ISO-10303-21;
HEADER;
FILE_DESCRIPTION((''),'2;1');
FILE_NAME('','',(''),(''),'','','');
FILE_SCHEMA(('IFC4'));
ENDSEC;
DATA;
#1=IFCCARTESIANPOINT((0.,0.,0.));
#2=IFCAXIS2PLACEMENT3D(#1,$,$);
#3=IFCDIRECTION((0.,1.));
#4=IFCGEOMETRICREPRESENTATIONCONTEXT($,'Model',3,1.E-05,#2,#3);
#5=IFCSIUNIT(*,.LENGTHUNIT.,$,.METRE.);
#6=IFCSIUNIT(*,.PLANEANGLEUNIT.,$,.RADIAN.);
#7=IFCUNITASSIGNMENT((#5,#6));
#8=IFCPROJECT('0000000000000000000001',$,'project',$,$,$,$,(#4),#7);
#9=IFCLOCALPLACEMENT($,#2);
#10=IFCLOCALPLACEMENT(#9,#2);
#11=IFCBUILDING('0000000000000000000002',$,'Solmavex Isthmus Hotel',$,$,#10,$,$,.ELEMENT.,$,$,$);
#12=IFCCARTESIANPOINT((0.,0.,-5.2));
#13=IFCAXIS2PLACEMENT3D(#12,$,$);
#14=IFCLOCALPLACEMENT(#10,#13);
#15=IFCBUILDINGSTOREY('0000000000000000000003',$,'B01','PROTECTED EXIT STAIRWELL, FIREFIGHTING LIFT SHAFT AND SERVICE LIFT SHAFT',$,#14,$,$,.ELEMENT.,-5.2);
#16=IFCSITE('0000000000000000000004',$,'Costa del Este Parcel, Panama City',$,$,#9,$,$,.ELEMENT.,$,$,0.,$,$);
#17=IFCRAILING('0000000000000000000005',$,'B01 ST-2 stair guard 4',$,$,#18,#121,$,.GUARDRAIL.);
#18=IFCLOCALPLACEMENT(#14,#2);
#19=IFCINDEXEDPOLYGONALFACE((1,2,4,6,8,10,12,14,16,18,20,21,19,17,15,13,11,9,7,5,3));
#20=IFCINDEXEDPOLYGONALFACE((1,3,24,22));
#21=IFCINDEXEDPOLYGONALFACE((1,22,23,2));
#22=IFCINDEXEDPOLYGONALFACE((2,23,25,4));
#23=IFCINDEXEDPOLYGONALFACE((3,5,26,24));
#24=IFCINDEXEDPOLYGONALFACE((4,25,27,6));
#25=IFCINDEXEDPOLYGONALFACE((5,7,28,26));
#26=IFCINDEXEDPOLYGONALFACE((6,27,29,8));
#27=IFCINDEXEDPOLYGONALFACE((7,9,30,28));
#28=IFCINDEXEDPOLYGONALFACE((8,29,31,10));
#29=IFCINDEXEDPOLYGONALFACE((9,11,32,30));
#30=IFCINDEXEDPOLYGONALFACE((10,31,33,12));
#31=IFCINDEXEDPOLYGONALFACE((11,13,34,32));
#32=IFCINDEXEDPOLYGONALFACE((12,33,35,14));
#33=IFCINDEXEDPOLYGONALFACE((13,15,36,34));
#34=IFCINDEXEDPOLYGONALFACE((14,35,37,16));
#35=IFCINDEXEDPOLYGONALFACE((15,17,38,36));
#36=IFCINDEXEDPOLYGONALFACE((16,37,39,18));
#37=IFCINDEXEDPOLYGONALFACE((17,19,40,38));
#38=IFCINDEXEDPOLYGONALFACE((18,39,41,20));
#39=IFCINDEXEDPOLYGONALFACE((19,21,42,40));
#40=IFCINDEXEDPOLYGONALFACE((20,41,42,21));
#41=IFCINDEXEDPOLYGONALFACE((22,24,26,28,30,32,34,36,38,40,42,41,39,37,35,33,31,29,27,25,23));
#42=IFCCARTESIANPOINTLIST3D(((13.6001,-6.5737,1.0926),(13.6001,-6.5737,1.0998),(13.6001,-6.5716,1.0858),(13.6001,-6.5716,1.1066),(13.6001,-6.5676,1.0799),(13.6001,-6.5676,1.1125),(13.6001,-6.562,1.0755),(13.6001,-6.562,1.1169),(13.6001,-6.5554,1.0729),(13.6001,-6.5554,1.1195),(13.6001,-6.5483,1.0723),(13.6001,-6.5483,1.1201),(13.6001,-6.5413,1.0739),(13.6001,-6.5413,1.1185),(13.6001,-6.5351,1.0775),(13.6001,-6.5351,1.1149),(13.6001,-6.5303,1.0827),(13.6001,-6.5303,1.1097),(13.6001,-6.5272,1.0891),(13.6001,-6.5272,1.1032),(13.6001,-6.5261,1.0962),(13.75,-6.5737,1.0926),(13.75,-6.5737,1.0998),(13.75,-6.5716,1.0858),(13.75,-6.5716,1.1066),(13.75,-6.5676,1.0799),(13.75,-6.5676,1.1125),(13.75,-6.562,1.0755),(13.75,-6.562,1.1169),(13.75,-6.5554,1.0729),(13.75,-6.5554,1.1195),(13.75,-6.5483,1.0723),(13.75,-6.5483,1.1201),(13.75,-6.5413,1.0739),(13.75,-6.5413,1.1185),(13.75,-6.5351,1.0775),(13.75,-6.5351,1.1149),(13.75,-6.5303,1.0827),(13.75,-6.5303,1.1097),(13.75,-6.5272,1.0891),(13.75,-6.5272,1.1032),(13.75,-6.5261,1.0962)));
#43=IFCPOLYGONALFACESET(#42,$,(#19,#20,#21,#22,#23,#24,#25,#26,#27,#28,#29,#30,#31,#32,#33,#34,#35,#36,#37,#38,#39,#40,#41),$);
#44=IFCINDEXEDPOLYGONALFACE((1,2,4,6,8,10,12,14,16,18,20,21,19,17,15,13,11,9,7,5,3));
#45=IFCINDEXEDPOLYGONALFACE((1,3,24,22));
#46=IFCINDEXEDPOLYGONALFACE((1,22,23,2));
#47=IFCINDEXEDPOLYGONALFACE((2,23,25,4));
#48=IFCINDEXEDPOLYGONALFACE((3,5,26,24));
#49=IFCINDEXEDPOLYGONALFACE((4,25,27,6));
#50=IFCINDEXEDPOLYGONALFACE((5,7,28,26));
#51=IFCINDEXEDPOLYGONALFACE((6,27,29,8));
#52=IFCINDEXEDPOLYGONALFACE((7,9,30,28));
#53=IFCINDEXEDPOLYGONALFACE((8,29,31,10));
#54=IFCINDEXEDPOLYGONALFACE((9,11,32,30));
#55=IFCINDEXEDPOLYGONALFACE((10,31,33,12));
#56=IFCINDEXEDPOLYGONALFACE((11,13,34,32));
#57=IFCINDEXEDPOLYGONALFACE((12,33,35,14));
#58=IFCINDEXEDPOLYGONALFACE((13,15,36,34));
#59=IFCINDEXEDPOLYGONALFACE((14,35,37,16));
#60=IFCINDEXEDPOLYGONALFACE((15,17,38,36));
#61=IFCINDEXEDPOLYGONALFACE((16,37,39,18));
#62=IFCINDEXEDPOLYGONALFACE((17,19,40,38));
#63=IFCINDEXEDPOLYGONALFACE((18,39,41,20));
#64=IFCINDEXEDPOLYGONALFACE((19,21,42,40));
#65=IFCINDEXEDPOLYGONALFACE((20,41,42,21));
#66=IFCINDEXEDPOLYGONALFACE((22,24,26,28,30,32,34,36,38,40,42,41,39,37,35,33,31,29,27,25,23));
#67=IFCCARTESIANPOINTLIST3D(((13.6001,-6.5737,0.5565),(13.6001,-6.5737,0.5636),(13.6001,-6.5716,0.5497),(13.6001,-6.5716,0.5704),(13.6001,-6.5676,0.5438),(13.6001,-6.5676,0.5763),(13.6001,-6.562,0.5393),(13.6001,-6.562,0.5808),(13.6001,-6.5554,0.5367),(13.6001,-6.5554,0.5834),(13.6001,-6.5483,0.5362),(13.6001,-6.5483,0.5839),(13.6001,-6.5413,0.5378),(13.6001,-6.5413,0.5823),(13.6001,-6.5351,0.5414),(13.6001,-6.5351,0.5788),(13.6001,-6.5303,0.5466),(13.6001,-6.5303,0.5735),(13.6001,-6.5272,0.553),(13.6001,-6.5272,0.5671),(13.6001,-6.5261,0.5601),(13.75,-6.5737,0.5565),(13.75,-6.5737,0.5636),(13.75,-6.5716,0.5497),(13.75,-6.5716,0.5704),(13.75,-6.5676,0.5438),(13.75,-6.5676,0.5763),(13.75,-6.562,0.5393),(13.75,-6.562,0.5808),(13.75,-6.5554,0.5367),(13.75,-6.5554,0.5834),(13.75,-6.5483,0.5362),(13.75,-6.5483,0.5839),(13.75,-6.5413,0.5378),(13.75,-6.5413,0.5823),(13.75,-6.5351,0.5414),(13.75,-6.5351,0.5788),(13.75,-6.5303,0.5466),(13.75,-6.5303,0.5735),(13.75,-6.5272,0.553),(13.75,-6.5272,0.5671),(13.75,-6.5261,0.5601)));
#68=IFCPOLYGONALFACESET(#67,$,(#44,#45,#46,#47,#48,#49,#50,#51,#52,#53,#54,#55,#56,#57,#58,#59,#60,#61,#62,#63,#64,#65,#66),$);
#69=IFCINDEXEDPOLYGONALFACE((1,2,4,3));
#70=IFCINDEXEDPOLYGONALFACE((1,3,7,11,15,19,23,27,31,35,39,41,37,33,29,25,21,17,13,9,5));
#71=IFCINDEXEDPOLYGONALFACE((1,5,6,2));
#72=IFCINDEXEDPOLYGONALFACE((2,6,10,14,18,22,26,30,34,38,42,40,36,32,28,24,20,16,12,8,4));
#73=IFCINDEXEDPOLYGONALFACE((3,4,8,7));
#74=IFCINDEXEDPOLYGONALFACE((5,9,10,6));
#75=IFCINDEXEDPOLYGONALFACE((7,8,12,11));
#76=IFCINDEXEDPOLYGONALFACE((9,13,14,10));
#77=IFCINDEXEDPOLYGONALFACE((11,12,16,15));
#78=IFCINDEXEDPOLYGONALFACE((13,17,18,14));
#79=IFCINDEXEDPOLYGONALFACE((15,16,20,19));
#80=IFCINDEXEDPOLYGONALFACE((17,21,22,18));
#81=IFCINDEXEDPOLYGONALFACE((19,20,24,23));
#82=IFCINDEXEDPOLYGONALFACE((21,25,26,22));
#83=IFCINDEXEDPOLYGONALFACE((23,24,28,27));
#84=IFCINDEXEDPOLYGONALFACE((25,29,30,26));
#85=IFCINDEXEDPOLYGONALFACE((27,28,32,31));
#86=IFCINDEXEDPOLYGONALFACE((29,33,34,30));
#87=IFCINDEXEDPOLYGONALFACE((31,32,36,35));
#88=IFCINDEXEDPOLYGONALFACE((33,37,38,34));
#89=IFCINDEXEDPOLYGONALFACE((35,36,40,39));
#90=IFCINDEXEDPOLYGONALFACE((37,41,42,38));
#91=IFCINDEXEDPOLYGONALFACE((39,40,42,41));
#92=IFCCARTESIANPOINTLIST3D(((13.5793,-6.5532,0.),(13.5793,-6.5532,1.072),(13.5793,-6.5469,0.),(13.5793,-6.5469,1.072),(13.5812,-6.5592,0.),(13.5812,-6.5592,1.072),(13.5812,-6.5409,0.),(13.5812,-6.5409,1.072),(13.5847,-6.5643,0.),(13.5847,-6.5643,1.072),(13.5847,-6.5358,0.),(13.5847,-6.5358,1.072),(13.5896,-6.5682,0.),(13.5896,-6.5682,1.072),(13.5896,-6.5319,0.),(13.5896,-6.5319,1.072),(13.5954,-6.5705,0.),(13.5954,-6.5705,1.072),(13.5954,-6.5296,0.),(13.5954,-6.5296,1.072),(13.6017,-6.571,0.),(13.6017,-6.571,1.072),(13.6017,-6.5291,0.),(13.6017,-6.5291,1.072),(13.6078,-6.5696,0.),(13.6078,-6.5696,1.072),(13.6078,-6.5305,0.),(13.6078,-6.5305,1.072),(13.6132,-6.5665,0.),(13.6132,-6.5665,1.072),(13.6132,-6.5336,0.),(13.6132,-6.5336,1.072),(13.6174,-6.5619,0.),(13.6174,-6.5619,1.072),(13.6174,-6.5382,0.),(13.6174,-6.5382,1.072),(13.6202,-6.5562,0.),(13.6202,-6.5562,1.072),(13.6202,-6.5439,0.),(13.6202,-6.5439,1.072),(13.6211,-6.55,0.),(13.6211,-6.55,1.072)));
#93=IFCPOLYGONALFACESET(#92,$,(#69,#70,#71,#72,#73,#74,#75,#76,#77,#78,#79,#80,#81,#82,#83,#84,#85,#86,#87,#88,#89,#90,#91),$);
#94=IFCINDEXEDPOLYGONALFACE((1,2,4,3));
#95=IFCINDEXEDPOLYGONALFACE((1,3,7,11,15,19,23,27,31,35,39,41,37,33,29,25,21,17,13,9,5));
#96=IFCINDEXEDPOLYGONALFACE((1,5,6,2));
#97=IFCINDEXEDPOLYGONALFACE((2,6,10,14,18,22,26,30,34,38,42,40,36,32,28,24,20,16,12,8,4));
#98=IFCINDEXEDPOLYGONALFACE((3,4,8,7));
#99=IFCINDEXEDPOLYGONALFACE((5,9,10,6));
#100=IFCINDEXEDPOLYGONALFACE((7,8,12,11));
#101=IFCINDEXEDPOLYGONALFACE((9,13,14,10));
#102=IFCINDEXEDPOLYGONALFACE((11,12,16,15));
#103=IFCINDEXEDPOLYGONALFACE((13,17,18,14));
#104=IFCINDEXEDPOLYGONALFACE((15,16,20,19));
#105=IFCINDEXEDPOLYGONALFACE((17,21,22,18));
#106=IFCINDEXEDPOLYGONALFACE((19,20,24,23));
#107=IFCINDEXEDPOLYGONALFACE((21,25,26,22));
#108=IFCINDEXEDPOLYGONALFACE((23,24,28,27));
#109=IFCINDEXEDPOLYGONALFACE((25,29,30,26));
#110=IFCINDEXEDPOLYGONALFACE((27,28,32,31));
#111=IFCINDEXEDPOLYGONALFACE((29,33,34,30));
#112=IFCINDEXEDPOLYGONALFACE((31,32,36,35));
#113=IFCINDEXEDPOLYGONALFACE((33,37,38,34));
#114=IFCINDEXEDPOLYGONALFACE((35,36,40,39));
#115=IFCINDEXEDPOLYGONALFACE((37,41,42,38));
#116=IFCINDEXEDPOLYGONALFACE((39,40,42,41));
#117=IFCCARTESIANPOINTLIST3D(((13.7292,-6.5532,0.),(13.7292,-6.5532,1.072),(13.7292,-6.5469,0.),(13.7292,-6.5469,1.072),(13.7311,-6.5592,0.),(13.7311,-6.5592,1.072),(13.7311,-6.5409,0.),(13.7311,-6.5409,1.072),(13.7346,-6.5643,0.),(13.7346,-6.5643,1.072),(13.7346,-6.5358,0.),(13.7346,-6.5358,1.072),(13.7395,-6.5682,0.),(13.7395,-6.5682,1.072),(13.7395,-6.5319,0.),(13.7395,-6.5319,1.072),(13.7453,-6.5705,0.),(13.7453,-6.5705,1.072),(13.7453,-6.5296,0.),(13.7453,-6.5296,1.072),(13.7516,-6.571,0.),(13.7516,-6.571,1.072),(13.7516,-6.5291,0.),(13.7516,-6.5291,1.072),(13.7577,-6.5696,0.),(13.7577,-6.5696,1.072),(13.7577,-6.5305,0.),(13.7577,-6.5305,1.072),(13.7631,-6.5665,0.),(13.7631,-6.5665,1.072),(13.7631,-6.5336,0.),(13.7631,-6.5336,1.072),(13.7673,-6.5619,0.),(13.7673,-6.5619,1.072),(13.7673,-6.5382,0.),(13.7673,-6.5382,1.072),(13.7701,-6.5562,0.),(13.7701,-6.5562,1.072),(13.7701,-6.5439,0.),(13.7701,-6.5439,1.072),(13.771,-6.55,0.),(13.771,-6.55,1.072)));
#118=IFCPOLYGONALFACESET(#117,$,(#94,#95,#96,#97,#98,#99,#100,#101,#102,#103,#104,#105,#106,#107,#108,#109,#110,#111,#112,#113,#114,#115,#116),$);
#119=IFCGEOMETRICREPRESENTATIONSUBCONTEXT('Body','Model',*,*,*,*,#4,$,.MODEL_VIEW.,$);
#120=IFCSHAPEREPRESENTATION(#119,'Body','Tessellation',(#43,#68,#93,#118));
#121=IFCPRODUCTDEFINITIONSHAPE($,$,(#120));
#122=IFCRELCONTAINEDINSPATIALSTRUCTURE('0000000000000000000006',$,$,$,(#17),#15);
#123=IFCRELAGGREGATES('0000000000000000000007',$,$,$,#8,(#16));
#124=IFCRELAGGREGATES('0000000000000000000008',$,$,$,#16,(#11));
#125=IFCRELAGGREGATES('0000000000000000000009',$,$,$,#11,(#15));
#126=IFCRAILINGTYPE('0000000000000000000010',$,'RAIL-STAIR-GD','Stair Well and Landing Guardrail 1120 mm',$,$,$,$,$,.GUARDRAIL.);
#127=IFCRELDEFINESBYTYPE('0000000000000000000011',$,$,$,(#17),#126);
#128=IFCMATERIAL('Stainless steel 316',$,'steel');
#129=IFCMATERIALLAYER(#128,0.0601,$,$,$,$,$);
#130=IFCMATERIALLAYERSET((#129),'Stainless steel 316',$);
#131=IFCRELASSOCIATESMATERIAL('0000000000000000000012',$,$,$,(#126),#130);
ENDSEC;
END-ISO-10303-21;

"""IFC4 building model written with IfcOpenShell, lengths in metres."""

from ifc_helpers import new_model, si_unit, direction, frame, origin, origin_2d, place, context, subcontext, project, spatial, circle, extrude, material, layer, layer_set, type_object, element, save


model = new_model("IFC4")

# Units and contexts
model_context = context("Model", 3, precision=1e-05, world=origin(), true_north=direction((0.0, 1.0)))
body_context = subcontext(model_context, "Body", "Model", "MODEL_VIEW")
ifc_project = project(units=[si_unit("LENGTHUNIT", "METRE"), si_unit("PLANEANGLEUNIT", "RADIAN")], contexts=[model_context])

# Site, building, storey
site_placement = place(None, origin())
site = spatial("IfcSite", under=ifc_project, at=site_placement, Name="Costa del Este Parcel, Panama City", CompositionType="ELEMENT", RefElevation=0.0)
building_placement = place(site_placement, origin())
building = spatial("IfcBuilding", under=site, at=building_placement, Name="Solmavex Isthmus Hotel", CompositionType="ELEMENT")
storey_placement = place(building_placement, frame((0.0, 0.0, -5.2)))
storey = spatial("IfcBuildingStorey", under=building, at=storey_placement, Name="B01", Description="PROTECTED EXIT STAIRWELL, FIREFIGHTING LIFT SHAFT AND SERVICE LIFT SHAFT", CompositionType="ELEMENT", Elevation=-5.2)

# Railing
ifc_material_1 = material(Name="Stainless steel 316", Category="steel")
ifc_layer_1 = layer(ifc_material_1, 0.0601)
ifc_layer_set_1 = layer_set([ifc_layer_1], Name="Stainless steel 316")
railing_type = type_object("IfcRailingType", Name="RAIL-STAIR-GD", Description="Stair Well and Landing Guardrail 1120 mm", PredefinedType="GUARDRAIL", material=ifc_layer_set_1)
railing_1_placement = place(storey_placement, frame((13.6001, -6.55, 0.0)))
element("IfcRailing", 1, at=railing_1_placement, inside=storey, type_object=railing_type, Name="B01 ST-2 stair guard 4", PredefinedType="GUARDRAIL", context=body_context, shape_type="SweptSolid", body=[
    extrude(circle(Radius=0.0239, at=origin_2d()), frame((0.0, 0.0, 1.0962), z_axis=(1.0, 0.0, 0.0), x_axis=(0.0, 1.0, 0.0)), (0.0, 0.0, 1.0), 0.1499),
    extrude(circle(Radius=0.0239, at=origin_2d()), frame((0.0, 0.0, 0.5601), z_axis=(1.0, 0.0, 0.0), x_axis=(0.0, 1.0, 0.0)), (0.0, 0.0, 1.0), 0.1499),
    extrude(circle(Radius=0.021, at=origin_2d()), origin(), (0.0, 0.0, 1.0), 1.072),
    extrude(circle(Radius=0.021, at=origin_2d()), frame((0.1499, 0.0, 0.0)), (0.0, 0.0, 1.0), 1.072),
])

save(model, "model.ifc")
